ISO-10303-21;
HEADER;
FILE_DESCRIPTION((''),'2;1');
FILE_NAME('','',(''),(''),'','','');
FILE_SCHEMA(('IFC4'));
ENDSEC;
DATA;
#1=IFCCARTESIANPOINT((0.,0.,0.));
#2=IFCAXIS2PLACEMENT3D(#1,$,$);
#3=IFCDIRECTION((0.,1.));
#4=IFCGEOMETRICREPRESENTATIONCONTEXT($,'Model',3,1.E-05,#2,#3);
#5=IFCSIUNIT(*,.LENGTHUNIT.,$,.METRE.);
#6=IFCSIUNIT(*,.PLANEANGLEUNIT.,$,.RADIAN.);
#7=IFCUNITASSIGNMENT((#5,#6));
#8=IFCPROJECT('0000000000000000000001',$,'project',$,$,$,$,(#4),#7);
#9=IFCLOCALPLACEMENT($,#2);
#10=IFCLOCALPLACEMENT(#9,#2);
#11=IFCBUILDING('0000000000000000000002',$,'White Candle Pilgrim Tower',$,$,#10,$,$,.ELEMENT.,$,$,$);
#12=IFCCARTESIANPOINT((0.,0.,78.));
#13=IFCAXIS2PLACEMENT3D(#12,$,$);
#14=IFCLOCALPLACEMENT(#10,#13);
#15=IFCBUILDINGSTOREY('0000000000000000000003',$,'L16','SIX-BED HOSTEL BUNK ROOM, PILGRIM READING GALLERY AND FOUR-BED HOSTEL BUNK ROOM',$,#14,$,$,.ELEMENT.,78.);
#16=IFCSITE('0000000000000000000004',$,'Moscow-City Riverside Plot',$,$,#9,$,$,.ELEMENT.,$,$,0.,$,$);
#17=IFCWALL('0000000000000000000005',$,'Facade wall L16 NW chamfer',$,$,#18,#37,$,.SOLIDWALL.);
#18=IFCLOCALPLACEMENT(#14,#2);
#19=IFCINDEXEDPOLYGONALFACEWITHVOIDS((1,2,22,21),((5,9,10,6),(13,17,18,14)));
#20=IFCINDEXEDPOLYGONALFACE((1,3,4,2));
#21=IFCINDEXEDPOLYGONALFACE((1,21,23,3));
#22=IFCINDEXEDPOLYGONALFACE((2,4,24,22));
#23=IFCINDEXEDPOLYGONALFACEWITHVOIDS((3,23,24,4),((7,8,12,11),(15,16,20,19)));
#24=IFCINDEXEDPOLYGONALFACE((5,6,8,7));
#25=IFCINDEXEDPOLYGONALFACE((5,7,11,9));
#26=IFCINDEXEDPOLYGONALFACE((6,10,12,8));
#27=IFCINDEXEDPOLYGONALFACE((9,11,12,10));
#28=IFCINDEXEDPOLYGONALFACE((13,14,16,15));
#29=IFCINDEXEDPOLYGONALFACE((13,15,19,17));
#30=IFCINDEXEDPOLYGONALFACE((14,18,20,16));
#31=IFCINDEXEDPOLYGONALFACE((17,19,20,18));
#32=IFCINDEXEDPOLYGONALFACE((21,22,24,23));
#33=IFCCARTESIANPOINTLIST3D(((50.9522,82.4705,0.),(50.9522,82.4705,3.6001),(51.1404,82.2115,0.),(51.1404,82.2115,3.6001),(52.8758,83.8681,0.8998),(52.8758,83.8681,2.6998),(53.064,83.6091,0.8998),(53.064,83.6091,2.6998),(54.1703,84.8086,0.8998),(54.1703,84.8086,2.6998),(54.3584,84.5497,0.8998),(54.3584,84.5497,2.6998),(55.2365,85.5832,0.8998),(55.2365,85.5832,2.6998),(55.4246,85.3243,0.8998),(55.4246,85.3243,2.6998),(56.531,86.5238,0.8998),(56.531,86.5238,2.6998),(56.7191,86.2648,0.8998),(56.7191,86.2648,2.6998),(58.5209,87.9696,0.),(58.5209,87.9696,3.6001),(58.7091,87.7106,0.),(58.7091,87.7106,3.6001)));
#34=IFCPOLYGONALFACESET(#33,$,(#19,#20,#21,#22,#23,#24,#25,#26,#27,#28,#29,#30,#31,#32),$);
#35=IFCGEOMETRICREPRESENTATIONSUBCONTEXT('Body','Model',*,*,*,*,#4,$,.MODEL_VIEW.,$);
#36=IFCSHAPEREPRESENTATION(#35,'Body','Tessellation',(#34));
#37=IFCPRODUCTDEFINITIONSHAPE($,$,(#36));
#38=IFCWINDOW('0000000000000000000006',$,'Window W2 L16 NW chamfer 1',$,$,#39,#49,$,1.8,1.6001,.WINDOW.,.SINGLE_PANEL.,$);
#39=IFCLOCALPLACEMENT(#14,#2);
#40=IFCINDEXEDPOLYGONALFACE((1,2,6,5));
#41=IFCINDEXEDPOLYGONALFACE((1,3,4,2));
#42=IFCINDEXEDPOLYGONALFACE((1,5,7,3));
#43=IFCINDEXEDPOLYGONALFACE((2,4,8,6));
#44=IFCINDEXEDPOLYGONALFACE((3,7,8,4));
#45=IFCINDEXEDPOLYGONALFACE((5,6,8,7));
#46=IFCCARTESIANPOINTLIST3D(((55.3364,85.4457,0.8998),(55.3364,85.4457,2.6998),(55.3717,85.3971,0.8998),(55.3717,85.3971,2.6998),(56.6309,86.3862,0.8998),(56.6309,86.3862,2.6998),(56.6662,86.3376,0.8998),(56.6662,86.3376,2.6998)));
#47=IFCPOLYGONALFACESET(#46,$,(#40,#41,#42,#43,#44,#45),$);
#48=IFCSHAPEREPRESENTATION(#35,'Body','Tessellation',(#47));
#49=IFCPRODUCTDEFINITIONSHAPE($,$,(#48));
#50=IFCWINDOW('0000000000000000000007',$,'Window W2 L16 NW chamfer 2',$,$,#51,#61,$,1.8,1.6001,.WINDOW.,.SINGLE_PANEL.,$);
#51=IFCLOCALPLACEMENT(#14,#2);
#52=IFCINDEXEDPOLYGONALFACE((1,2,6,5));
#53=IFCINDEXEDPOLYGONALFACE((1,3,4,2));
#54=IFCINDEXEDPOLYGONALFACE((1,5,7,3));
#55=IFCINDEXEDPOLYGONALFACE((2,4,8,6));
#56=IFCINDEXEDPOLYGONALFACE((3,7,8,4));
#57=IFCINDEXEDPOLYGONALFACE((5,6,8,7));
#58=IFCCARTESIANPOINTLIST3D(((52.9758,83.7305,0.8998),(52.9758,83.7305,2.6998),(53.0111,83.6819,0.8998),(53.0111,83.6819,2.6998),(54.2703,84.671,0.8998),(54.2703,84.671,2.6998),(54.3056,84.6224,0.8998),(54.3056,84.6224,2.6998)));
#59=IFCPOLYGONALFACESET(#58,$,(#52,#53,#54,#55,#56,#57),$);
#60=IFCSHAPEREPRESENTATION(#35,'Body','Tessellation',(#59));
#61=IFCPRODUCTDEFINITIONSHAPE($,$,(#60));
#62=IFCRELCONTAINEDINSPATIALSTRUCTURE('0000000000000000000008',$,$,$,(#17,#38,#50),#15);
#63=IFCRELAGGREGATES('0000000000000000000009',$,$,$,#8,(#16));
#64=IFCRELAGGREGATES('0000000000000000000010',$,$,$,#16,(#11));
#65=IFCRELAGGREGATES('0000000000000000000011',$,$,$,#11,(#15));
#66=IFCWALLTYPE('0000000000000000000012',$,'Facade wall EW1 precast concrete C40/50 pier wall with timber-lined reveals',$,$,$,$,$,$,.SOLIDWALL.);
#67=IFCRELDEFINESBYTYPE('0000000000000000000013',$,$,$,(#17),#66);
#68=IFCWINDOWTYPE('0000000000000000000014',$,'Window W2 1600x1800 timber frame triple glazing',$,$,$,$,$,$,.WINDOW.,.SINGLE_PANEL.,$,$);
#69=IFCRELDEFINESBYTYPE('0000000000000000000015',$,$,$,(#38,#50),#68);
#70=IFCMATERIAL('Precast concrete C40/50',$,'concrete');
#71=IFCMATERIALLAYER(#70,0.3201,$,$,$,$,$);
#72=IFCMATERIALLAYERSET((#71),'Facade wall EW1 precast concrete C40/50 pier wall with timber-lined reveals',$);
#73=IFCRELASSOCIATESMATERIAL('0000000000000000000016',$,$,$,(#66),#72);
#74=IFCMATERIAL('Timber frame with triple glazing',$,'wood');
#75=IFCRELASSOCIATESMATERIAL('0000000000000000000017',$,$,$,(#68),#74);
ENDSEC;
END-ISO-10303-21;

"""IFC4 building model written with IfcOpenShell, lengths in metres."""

from ifc_helpers import new_model, si_unit, direction, frame, frame_2d, origin, place, context, subcontext, project, spatial, rectangle, extrude, material, layer, layer_set, type_object, element, fill, save


model = new_model("IFC4")

# Units and contexts
model_context = context("Model", 3, precision=1e-05, world=origin(), true_north=direction((0.0, 1.0)))
body_context = subcontext(model_context, "Body", "Model", "MODEL_VIEW")
ifc_project = project(units=[si_unit("LENGTHUNIT", "METRE"), si_unit("PLANEANGLEUNIT", "RADIAN")], contexts=[model_context])

# Site, building, storey
site_placement = place(None, origin())
site = spatial("IfcSite", under=ifc_project, at=site_placement, Name="Moscow-City Riverside Plot", CompositionType="ELEMENT", RefElevation=0.0)
building_placement = place(site_placement, origin())
building = spatial("IfcBuilding", under=site, at=building_placement, Name="White Candle Pilgrim Tower", CompositionType="ELEMENT")
storey_placement = place(building_placement, frame((0.0, 0.0, 78.0)))
storey = spatial("IfcBuildingStorey", under=building, at=storey_placement, Name="L16", Description="SIX-BED HOSTEL BUNK ROOM, PILGRIM READING GALLERY AND FOUR-BED HOSTEL BUNK ROOM", CompositionType="ELEMENT", Elevation=78.0)

# Wall, openings, windows
ifc_material_1 = material(Name="Precast concrete C40/50", Category="concrete")
ifc_layer_1 = layer(ifc_material_1, 0.3201)
ifc_layer_set_1 = layer_set([ifc_layer_1], Name="Facade wall EW1 precast concrete C40/50 pier wall with timber-lined reveals")
wall_type_1 = type_object("IfcWallType", Name="Facade wall EW1 precast concrete C40/50 pier wall with timber-lined reveals", PredefinedType="SOLIDWALL", material=ifc_layer_set_1)
wall_1_placement = place(storey_placement, frame((58.615, 87.8401, 0.0), z_axis=(0.0, 0.0, 1.0), x_axis=(-0.809011, -0.587793, 0.0)))
wall_1 = element("IfcWall", 1, at=wall_1_placement, inside=storey, type_object=wall_type_1, Name="Facade wall L16 NW chamfer", PredefinedType="SOLIDWALL", context=body_context, shape_type="SweptSolid", body=[
    extrude(rectangle(XDim=9.3555, YDim=0.3201, at=frame_2d((4.6777, 0.0))), origin(), (0.0, 0.0, 1.0), 3.6001),
])
opening_1_placement = place(wall_1_placement, frame((2.4597, 0.0, 0.8999)))
opening_1 = element("IfcOpeningElement", 2, at=opening_1_placement, cuts=wall_1, PredefinedType="OPENING", context=body_context, shape_type="SweptSolid", body=[
    extrude(rectangle(XDim=1.6001, YDim=1.8, at=frame_2d((0.8, 0.8999))), frame((0.0, 0.1699, 0.0), z_axis=(0.0, -1.0, 0.0), x_axis=(1.0, 0.0, 0.0)), (0.0, 0.0, 1.0), 0.3401),
])
opening_2_placement = place(wall_1_placement, frame((5.3777, 0.0, 0.8999)))
opening_2 = element("IfcOpeningElement", 3, at=opening_2_placement, cuts=wall_1, PredefinedType="OPENING", context=body_context, shape_type="SweptSolid", body=[
    extrude(rectangle(XDim=1.6001, YDim=1.8, at=frame_2d((0.8, 0.8999))), frame((0.0, 0.1699, 0.0), z_axis=(0.0, -1.0, 0.0), x_axis=(1.0, 0.0, 0.0)), (0.0, 0.0, 1.0), 0.3401),
])
ifc_material_2 = material(Name="Timber frame with triple glazing", Category="wood")
window_type_1 = type_object("IfcWindowType", Name="Window W2 1600x1800 timber frame triple glazing", PartitioningType="SINGLE_PANEL", PredefinedType="WINDOW", material=ifc_material_2)
window_1_placement = place(opening_1_placement, origin())
window_1 = element("IfcWindow", 4, at=window_1_placement, inside=storey, type_object=window_type_1, Name="Window W2 L16 NW chamfer 1", OverallHeight=1.8, OverallWidth=1.6001, PartitioningType="SINGLE_PANEL", PredefinedType="WINDOW", context=body_context, shape_type="SweptSolid", body=[
    extrude(rectangle(XDim=1.6001, YDim=1.8, at=frame_2d((0.8, 0.8999))), frame((0.0, 0.0701, 0.0), z_axis=(0.0, -1.0, 0.0), x_axis=(1.0, 0.0, 0.0)), (0.0, 0.0, 1.0), 0.0601),
])
fill(opening_1, window_1)
window_2_placement = place(opening_2_placement, origin())
window_2 = element("IfcWindow", 5, at=window_2_placement, inside=storey, type_object=window_type_1, Name="Window W2 L16 NW chamfer 2", OverallHeight=1.8, OverallWidth=1.6001, PartitioningType="SINGLE_PANEL", PredefinedType="WINDOW", context=body_context, shape_type="SweptSolid", body=[
    extrude(rectangle(XDim=1.6001, YDim=1.8, at=frame_2d((0.8, 0.8999))), frame((0.0, 0.0701, 0.0), z_axis=(0.0, -1.0, 0.0), x_axis=(1.0, 0.0, 0.0)), (0.0, 0.0, 1.0), 0.0601),
])
fill(opening_2, window_2)

save(model, "model.ifc")
